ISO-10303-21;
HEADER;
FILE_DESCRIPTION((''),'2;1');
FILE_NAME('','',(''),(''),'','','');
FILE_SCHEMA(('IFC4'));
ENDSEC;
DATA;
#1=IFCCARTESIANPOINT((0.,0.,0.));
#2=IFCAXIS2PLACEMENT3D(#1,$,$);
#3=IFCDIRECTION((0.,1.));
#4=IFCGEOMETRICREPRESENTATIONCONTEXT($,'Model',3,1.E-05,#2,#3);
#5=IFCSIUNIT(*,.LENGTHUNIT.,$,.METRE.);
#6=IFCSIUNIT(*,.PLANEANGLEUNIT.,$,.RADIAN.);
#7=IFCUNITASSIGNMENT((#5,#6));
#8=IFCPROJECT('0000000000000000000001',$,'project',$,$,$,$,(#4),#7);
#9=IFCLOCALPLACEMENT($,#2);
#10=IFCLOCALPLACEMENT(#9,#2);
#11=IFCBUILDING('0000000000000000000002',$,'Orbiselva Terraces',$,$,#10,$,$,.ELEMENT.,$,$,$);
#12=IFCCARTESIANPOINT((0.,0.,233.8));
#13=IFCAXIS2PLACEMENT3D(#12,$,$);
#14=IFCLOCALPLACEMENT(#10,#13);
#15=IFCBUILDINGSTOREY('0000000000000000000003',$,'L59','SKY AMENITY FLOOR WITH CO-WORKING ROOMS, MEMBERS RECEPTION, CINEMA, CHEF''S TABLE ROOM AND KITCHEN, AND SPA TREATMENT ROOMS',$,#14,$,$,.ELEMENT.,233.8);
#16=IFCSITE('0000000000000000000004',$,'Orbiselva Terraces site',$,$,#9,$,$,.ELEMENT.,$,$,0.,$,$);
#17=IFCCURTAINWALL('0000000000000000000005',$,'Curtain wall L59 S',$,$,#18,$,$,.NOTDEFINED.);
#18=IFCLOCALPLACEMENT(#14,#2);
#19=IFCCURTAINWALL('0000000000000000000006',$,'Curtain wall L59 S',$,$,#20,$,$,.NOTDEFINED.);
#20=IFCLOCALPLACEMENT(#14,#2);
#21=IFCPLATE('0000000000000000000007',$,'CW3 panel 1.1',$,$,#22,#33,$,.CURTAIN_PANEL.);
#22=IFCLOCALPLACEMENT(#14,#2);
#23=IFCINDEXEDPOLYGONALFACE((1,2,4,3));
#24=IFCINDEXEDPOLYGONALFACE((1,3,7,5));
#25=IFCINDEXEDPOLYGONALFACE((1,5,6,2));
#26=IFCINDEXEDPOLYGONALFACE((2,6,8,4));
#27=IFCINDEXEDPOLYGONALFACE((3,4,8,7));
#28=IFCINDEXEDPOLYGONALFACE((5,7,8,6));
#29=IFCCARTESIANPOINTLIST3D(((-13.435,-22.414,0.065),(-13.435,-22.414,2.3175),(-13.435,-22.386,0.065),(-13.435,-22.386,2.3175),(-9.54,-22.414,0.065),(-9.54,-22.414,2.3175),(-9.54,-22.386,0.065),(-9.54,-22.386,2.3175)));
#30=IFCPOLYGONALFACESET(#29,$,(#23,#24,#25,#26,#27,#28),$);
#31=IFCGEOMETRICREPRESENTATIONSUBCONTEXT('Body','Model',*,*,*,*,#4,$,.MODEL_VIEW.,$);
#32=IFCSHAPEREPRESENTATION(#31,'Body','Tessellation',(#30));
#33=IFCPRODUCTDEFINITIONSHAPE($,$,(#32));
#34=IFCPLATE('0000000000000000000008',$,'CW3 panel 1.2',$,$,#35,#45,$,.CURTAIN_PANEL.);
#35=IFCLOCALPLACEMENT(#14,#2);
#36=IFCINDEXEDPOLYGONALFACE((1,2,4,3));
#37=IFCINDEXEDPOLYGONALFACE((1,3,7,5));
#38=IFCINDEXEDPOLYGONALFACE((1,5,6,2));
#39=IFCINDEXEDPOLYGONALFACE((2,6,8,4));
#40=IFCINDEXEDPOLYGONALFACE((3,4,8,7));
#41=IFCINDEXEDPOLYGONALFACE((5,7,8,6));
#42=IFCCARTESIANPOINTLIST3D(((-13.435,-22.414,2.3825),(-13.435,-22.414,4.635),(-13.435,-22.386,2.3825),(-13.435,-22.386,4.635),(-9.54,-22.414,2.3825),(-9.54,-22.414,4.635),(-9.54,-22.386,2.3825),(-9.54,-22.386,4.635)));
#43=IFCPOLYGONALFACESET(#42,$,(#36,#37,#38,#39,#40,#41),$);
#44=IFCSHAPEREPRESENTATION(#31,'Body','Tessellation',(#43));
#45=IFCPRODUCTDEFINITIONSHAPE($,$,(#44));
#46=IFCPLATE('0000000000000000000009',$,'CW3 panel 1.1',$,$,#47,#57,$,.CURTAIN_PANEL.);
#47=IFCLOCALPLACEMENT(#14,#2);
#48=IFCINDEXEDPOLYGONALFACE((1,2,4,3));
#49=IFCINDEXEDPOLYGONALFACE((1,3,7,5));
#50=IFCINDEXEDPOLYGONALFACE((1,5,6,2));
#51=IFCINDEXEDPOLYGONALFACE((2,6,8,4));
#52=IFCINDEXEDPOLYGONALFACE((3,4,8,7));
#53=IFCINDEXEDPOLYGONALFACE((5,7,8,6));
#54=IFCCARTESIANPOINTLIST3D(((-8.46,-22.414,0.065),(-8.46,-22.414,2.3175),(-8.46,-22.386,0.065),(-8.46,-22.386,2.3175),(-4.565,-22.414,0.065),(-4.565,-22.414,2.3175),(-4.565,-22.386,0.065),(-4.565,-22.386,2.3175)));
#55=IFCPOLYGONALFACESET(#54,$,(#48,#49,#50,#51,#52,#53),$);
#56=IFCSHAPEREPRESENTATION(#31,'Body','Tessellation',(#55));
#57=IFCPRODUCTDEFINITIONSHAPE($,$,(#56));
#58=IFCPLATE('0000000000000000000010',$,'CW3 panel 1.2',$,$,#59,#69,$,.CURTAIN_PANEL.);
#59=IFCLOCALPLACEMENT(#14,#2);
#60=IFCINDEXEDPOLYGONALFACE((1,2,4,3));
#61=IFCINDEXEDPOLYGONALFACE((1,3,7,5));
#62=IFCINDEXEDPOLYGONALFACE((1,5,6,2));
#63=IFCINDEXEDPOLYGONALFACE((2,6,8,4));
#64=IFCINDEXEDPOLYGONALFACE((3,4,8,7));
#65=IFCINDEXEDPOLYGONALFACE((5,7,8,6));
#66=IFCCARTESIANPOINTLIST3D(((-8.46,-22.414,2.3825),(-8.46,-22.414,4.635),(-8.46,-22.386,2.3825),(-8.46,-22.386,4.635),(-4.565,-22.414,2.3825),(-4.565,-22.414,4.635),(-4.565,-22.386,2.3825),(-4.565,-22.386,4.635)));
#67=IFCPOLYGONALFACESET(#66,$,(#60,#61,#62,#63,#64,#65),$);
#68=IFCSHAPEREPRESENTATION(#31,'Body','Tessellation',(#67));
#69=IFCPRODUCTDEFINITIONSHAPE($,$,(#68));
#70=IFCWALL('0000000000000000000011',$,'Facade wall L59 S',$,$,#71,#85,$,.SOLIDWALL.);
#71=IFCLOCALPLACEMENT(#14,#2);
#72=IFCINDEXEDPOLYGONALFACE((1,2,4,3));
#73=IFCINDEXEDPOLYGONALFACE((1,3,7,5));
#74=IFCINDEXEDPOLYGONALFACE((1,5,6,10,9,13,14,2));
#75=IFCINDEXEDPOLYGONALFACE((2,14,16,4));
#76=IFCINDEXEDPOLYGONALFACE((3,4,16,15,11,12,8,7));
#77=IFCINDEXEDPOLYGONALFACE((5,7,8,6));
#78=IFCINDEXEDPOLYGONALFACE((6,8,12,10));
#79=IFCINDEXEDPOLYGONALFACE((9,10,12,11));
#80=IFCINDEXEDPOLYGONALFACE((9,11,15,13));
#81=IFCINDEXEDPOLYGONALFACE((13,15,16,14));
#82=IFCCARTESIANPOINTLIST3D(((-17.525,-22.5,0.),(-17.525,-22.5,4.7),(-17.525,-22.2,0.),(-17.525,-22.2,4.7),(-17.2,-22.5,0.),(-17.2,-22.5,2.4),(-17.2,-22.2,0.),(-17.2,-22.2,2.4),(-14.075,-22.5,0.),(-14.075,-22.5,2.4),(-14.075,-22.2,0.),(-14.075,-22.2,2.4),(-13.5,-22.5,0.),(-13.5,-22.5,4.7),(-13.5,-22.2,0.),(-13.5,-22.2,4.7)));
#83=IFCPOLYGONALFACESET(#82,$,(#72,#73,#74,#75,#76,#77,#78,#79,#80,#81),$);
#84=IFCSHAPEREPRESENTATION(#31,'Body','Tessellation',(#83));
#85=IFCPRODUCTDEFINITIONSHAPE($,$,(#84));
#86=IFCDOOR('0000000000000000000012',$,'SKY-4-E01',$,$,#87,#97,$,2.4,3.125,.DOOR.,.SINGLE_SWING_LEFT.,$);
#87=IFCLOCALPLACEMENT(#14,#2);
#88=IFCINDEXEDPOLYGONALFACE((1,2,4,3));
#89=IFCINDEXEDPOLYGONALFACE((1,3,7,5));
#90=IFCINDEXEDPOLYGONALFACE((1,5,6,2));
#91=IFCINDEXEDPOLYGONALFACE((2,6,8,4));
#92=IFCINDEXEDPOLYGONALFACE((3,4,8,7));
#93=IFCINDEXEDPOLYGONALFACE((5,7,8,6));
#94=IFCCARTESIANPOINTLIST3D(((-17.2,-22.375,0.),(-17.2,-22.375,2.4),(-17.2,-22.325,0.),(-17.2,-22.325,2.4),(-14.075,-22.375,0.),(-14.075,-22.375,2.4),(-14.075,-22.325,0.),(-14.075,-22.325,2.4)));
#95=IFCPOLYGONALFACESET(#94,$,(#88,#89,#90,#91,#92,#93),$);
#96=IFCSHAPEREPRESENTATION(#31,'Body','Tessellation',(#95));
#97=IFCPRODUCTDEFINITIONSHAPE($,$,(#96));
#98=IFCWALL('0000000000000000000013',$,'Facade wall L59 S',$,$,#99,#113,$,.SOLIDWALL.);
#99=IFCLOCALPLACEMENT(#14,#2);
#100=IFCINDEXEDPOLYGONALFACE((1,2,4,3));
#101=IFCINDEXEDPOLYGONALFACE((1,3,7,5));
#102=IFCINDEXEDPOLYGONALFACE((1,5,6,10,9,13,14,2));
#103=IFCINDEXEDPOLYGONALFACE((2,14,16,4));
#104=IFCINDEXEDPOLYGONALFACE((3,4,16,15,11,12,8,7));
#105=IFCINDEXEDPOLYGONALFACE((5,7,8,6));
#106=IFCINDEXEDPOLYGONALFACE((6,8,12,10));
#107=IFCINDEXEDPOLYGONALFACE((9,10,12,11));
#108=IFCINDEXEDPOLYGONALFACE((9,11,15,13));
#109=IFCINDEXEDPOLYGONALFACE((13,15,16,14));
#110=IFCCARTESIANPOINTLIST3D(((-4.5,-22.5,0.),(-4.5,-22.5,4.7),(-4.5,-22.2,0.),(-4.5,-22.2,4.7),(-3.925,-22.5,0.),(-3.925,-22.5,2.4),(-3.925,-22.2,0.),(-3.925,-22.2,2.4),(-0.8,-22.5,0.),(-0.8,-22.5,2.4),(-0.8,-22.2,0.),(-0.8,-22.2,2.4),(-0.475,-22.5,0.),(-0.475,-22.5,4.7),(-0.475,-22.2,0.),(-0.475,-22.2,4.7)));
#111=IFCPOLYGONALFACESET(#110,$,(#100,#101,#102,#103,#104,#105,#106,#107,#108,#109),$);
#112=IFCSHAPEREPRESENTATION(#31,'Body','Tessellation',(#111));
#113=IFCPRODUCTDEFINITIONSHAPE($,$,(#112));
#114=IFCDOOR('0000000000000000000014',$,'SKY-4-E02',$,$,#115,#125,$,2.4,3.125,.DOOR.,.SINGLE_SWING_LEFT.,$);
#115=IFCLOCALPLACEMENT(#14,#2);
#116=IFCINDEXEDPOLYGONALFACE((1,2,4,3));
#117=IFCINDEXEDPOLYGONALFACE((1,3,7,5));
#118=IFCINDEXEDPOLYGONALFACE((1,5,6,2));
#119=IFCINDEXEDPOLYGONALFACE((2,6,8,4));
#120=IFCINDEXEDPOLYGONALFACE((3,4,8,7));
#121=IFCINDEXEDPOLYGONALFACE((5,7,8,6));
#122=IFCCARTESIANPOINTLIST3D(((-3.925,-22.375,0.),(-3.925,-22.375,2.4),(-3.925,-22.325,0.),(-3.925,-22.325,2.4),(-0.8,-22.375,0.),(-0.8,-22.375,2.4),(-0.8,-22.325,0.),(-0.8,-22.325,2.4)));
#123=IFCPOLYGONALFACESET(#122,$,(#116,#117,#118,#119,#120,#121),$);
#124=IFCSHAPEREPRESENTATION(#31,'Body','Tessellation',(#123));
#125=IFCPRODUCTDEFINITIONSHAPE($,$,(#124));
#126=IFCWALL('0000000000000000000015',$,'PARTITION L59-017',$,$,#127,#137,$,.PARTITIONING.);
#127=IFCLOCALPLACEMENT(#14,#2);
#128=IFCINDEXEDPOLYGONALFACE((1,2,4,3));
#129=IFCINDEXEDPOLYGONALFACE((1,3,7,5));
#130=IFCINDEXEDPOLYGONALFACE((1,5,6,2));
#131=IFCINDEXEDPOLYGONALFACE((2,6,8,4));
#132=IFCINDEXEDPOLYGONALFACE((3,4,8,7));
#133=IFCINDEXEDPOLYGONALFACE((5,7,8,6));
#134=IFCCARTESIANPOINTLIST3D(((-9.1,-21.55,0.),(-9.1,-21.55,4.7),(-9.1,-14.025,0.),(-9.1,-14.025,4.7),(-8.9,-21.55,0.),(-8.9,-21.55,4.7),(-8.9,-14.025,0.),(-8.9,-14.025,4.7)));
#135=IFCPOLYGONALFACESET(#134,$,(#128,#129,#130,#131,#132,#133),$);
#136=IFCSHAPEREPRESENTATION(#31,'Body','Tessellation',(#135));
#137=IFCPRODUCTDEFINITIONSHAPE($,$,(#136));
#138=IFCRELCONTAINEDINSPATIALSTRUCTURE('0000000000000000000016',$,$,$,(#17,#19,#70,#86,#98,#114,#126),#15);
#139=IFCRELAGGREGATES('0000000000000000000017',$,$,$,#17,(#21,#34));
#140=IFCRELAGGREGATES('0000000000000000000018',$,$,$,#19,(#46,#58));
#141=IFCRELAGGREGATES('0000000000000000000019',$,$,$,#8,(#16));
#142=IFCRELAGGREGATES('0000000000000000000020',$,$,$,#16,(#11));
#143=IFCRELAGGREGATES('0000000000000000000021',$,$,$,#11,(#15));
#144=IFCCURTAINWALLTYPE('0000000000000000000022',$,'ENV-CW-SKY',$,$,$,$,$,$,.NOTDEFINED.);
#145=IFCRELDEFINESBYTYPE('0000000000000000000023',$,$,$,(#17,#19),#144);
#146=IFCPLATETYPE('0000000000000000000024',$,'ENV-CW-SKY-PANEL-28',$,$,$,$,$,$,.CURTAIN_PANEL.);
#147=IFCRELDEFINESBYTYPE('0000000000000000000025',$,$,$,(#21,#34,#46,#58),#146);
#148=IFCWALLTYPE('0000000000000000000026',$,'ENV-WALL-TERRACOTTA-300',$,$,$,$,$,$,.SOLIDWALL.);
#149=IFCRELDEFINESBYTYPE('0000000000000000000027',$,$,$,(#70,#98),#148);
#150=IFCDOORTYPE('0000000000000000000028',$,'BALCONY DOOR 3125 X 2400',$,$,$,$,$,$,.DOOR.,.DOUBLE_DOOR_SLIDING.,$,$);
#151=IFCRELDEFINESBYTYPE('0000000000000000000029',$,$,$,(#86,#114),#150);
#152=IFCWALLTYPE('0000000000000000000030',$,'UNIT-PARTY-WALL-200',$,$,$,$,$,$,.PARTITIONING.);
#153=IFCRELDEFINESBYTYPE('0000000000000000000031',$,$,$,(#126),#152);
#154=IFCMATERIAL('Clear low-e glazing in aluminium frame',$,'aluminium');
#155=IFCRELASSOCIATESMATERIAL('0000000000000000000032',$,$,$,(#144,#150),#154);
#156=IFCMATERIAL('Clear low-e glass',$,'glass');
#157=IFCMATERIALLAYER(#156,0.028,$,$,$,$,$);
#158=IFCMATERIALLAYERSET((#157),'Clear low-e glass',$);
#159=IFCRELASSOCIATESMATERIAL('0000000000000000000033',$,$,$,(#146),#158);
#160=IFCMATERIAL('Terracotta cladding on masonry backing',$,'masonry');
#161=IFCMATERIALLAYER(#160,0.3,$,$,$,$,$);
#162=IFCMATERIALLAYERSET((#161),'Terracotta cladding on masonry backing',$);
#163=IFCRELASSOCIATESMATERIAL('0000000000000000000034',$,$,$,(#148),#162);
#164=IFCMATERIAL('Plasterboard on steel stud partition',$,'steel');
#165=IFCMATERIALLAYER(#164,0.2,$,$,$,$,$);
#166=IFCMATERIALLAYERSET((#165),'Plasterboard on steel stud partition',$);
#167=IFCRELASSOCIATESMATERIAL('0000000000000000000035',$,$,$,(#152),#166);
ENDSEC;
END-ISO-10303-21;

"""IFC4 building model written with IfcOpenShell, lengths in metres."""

from ifc_helpers import new_model, si_unit, direction, frame, frame_2d, origin, origin_2d, place, context, subcontext, project, spatial, rectangle, extrude, material, layer, layer_set, type_object, element, fill, aggregate, save


model = new_model("IFC4")

# Units and contexts
model_context = context("Model", 3, precision=1e-05, world=origin(), true_north=direction((0.0, 1.0)))
body_context = subcontext(model_context, "Body", "Model", "MODEL_VIEW")
ifc_project = project(units=[si_unit("LENGTHUNIT", "METRE"), si_unit("PLANEANGLEUNIT", "RADIAN")], contexts=[model_context])

# Site, building, storey
site_placement = place(None, origin())
site = spatial("IfcSite", under=ifc_project, at=site_placement, Name="Orbiselva Terraces site", CompositionType="ELEMENT", RefElevation=0.0)
building_placement = place(site_placement, origin())
building = spatial("IfcBuilding", under=site, at=building_placement, Name="Orbiselva Terraces", CompositionType="ELEMENT")
storey_placement = place(building_placement, frame((0.0, 0.0, 233.8)))
storey = spatial("IfcBuildingStorey", under=building, at=storey_placement, Name="L59", Description="SKY AMENITY FLOOR WITH CO-WORKING ROOMS, MEMBERS RECEPTION, CINEMA, CHEF'S TABLE ROOM AND KITCHEN, AND SPA TREATMENT ROOMS", CompositionType="ELEMENT", Elevation=233.8)

# Curtain walls
ifc_material_1 = material(Name="Clear low-e glazing in aluminium frame", Category="aluminium")
curtain_wall_type = type_object("IfcCurtainWallType", Name="ENV-CW-SKY", PredefinedType="NOTDEFINED", material=ifc_material_1)
curtain_wall_1_placement = place(storey_placement, origin())
curtain_wall_1 = element("IfcCurtainWall", 1, at=curtain_wall_1_placement, inside=storey, type_object=curtain_wall_type, Name="Curtain wall L59 S", PredefinedType="NOTDEFINED")
curtain_wall_2_placement = place(storey_placement, origin())
curtain_wall_2 = element("IfcCurtainWall", 2, at=curtain_wall_2_placement, inside=storey, type_object=curtain_wall_type, Name="Curtain wall L59 S", PredefinedType="NOTDEFINED")

# Plates
ifc_material_2 = material(Name="Clear low-e glass", Category="glass")
ifc_layer_1 = layer(ifc_material_2, 0.028)
ifc_layer_set_1 = layer_set([ifc_layer_1], Name="Clear low-e glass")
plate_type = type_object("IfcPlateType", Name="ENV-CW-SKY-PANEL-28", PredefinedType="CURTAIN_PANEL", material=ifc_layer_set_1)
plate_1_placement = place(storey_placement, frame((-11.4875, -22.4, 0.065), z_axis=(0.0, 0.0, 1.0), x_axis=(1.0, 0.0, 0.0)))
plate_1 = element("IfcPlate", 3, at=plate_1_placement, type_object=plate_type, Name="CW3 panel 1.1", PredefinedType="CURTAIN_PANEL", context=body_context, shape_type="SweptSolid", body=[
    extrude(rectangle(XDim=3.895, YDim=0.028, at=origin_2d()), origin(), (0.0, 0.0, 1.0), 2.2525),
])
plate_2_placement = place(storey_placement, frame((-11.4875, -22.4, 2.3825), z_axis=(0.0, 0.0, 1.0), x_axis=(1.0, 0.0, 0.0)))
plate_2 = element("IfcPlate", 4, at=plate_2_placement, type_object=plate_type, Name="CW3 panel 1.2", PredefinedType="CURTAIN_PANEL", context=body_context, shape_type="SweptSolid", body=[
    extrude(rectangle(XDim=3.895, YDim=0.028, at=origin_2d()), origin(), (0.0, 0.0, 1.0), 2.2525),
])
aggregate(curtain_wall_1, [plate_1, plate_2])
plate_3_placement = place(storey_placement, frame((-6.5125, -22.4, 0.065), z_axis=(0.0, 0.0, 1.0), x_axis=(1.0, 0.0, 0.0)))
plate_3 = element("IfcPlate", 5, at=plate_3_placement, type_object=plate_type, Name="CW3 panel 1.1", PredefinedType="CURTAIN_PANEL", context=body_context, shape_type="SweptSolid", body=[
    extrude(rectangle(XDim=3.895, YDim=0.028, at=origin_2d()), origin(), (0.0, 0.0, 1.0), 2.2525),
])
plate_4_placement = place(storey_placement, frame((-6.5125, -22.4, 2.3825), z_axis=(0.0, 0.0, 1.0), x_axis=(1.0, 0.0, 0.0)))
plate_4 = element("IfcPlate", 6, at=plate_4_placement, type_object=plate_type, Name="CW3 panel 1.2", PredefinedType="CURTAIN_PANEL", context=body_context, shape_type="SweptSolid", body=[
    extrude(rectangle(XDim=3.895, YDim=0.028, at=origin_2d()), origin(), (0.0, 0.0, 1.0), 2.2525),
])
aggregate(curtain_wall_2, [plate_3, plate_4])

# Walls, openings, doors
ifc_material_3 = material(Name="Terracotta cladding on masonry backing", Category="masonry")
ifc_layer_2 = layer(ifc_material_3, 0.3)
ifc_layer_set_2 = layer_set([ifc_layer_2], Name="Terracotta cladding on masonry backing")
wall_type_1 = type_object("IfcWallType", Name="ENV-WALL-TERRACOTTA-300", PredefinedType="SOLIDWALL", material=ifc_layer_set_2)
wall_1_placement = place(storey_placement, frame((-13.5, -22.35, 0.0), z_axis=(0.0, 0.0, 1.0), x_axis=(-1.0, 0.0, 0.0)))
wall_1 = element("IfcWall", 7, at=wall_1_placement, inside=storey, type_object=wall_type_1, Name="Facade wall L59 S", PredefinedType="SOLIDWALL", context=body_context, shape_type="SweptSolid", body=[
    extrude(rectangle(XDim=4.025, YDim=0.3, at=frame_2d((2.0125, 0.0))), origin(), (0.0, 0.0, 1.0), 4.7),
])
opening_1_placement = place(wall_1_placement, frame((0.575, 0.0, 0.0)))
opening_1 = element("IfcOpeningElement", 8, at=opening_1_placement, cuts=wall_1, PredefinedType="OPENING", context=body_context, shape_type="SweptSolid", body=[
    extrude(rectangle(XDim=3.125, YDim=2.4, at=frame_2d((1.5625, 1.2))), frame((0.0, 0.16, 0.0), z_axis=(0.0, -1.0, 0.0), x_axis=(1.0, 0.0, 0.0)), (0.0, 0.0, 1.0), 0.32),
])
door_type = type_object("IfcDoorType", Name="BALCONY DOOR 3125 X 2400", OperationType="DOUBLE_DOOR_SLIDING", PredefinedType="DOOR", material=ifc_material_1)
door_1_placement = place(opening_1_placement, origin())
door_1 = element("IfcDoor", 9, at=door_1_placement, inside=storey, type_object=door_type, Name="SKY-4-E01", OperationType="SINGLE_SWING_LEFT", OverallHeight=2.4, OverallWidth=3.125, PredefinedType="DOOR", context=body_context, shape_type="SweptSolid", body=[
    extrude(rectangle(XDim=3.125, YDim=2.4, at=frame_2d((1.5625, 1.2))), frame((0.0, 0.025, 0.0), z_axis=(0.0, -1.0, 0.0), x_axis=(1.0, 0.0, 0.0)), (0.0, 0.0, 1.0), 0.05),
])
fill(opening_1, door_1)
wall_2_placement = place(storey_placement, frame((-0.475, -22.35, 0.0), z_axis=(0.0, 0.0, 1.0), x_axis=(-1.0, 0.0, 0.0)))
wall_2 = element("IfcWall", 10, at=wall_2_placement, inside=storey, type_object=wall_type_1, Name="Facade wall L59 S", PredefinedType="SOLIDWALL", context=body_context, shape_type="SweptSolid", body=[
    extrude(rectangle(XDim=4.025, YDim=0.3, at=frame_2d((2.0125, 0.0))), origin(), (0.0, 0.0, 1.0), 4.7),
])
opening_2_placement = place(wall_2_placement, frame((0.325, 0.0, 0.0)))
opening_2 = element("IfcOpeningElement", 11, at=opening_2_placement, cuts=wall_2, PredefinedType="OPENING", context=body_context, shape_type="SweptSolid", body=[
    extrude(rectangle(XDim=3.125, YDim=2.4, at=frame_2d((1.5625, 1.2))), frame((0.0, 0.16, 0.0), z_axis=(0.0, -1.0, 0.0), x_axis=(1.0, 0.0, 0.0)), (0.0, 0.0, 1.0), 0.32),
])
door_2_placement = place(opening_2_placement, origin())
door_2 = element("IfcDoor", 12, at=door_2_placement, inside=storey, type_object=door_type, Name="SKY-4-E02", OperationType="SINGLE_SWING_LEFT", OverallHeight=2.4, OverallWidth=3.125, PredefinedType="DOOR", context=body_context, shape_type="SweptSolid", body=[
    extrude(rectangle(XDim=3.125, YDim=2.4, at=frame_2d((1.5625, 1.2))), frame((0.0, 0.025, 0.0), z_axis=(0.0, -1.0, 0.0), x_axis=(1.0, 0.0, 0.0)), (0.0, 0.0, 1.0), 0.05),
])
fill(opening_2, door_2)

# Wall
ifc_material_4 = material(Name="Plasterboard on steel stud partition", Category="steel")
ifc_layer_3 = layer(ifc_material_4, 0.2)
ifc_layer_set_3 = layer_set([ifc_layer_3], Name="Plasterboard on steel stud partition")
wall_type_2 = type_object("IfcWallType", Name="UNIT-PARTY-WALL-200", PredefinedType="PARTITIONING", material=ifc_layer_set_3)
wall_3_placement = place(storey_placement, frame((-9.0, -21.55, 0.0), z_axis=(0.0, 0.0, 1.0), x_axis=(0.0, 1.0, 0.0)))
element("IfcWall", 13, at=wall_3_placement, inside=storey, type_object=wall_type_2, Name="PARTITION L59-017", PredefinedType="PARTITIONING", context=body_context, shape_type="SweptSolid", body=[
    extrude(rectangle(XDim=7.525, YDim=0.2, at=frame_2d((3.7625, 0.0))), origin(), (0.0, 0.0, 1.0), 4.7),
])

save(model, "model.ifc")
